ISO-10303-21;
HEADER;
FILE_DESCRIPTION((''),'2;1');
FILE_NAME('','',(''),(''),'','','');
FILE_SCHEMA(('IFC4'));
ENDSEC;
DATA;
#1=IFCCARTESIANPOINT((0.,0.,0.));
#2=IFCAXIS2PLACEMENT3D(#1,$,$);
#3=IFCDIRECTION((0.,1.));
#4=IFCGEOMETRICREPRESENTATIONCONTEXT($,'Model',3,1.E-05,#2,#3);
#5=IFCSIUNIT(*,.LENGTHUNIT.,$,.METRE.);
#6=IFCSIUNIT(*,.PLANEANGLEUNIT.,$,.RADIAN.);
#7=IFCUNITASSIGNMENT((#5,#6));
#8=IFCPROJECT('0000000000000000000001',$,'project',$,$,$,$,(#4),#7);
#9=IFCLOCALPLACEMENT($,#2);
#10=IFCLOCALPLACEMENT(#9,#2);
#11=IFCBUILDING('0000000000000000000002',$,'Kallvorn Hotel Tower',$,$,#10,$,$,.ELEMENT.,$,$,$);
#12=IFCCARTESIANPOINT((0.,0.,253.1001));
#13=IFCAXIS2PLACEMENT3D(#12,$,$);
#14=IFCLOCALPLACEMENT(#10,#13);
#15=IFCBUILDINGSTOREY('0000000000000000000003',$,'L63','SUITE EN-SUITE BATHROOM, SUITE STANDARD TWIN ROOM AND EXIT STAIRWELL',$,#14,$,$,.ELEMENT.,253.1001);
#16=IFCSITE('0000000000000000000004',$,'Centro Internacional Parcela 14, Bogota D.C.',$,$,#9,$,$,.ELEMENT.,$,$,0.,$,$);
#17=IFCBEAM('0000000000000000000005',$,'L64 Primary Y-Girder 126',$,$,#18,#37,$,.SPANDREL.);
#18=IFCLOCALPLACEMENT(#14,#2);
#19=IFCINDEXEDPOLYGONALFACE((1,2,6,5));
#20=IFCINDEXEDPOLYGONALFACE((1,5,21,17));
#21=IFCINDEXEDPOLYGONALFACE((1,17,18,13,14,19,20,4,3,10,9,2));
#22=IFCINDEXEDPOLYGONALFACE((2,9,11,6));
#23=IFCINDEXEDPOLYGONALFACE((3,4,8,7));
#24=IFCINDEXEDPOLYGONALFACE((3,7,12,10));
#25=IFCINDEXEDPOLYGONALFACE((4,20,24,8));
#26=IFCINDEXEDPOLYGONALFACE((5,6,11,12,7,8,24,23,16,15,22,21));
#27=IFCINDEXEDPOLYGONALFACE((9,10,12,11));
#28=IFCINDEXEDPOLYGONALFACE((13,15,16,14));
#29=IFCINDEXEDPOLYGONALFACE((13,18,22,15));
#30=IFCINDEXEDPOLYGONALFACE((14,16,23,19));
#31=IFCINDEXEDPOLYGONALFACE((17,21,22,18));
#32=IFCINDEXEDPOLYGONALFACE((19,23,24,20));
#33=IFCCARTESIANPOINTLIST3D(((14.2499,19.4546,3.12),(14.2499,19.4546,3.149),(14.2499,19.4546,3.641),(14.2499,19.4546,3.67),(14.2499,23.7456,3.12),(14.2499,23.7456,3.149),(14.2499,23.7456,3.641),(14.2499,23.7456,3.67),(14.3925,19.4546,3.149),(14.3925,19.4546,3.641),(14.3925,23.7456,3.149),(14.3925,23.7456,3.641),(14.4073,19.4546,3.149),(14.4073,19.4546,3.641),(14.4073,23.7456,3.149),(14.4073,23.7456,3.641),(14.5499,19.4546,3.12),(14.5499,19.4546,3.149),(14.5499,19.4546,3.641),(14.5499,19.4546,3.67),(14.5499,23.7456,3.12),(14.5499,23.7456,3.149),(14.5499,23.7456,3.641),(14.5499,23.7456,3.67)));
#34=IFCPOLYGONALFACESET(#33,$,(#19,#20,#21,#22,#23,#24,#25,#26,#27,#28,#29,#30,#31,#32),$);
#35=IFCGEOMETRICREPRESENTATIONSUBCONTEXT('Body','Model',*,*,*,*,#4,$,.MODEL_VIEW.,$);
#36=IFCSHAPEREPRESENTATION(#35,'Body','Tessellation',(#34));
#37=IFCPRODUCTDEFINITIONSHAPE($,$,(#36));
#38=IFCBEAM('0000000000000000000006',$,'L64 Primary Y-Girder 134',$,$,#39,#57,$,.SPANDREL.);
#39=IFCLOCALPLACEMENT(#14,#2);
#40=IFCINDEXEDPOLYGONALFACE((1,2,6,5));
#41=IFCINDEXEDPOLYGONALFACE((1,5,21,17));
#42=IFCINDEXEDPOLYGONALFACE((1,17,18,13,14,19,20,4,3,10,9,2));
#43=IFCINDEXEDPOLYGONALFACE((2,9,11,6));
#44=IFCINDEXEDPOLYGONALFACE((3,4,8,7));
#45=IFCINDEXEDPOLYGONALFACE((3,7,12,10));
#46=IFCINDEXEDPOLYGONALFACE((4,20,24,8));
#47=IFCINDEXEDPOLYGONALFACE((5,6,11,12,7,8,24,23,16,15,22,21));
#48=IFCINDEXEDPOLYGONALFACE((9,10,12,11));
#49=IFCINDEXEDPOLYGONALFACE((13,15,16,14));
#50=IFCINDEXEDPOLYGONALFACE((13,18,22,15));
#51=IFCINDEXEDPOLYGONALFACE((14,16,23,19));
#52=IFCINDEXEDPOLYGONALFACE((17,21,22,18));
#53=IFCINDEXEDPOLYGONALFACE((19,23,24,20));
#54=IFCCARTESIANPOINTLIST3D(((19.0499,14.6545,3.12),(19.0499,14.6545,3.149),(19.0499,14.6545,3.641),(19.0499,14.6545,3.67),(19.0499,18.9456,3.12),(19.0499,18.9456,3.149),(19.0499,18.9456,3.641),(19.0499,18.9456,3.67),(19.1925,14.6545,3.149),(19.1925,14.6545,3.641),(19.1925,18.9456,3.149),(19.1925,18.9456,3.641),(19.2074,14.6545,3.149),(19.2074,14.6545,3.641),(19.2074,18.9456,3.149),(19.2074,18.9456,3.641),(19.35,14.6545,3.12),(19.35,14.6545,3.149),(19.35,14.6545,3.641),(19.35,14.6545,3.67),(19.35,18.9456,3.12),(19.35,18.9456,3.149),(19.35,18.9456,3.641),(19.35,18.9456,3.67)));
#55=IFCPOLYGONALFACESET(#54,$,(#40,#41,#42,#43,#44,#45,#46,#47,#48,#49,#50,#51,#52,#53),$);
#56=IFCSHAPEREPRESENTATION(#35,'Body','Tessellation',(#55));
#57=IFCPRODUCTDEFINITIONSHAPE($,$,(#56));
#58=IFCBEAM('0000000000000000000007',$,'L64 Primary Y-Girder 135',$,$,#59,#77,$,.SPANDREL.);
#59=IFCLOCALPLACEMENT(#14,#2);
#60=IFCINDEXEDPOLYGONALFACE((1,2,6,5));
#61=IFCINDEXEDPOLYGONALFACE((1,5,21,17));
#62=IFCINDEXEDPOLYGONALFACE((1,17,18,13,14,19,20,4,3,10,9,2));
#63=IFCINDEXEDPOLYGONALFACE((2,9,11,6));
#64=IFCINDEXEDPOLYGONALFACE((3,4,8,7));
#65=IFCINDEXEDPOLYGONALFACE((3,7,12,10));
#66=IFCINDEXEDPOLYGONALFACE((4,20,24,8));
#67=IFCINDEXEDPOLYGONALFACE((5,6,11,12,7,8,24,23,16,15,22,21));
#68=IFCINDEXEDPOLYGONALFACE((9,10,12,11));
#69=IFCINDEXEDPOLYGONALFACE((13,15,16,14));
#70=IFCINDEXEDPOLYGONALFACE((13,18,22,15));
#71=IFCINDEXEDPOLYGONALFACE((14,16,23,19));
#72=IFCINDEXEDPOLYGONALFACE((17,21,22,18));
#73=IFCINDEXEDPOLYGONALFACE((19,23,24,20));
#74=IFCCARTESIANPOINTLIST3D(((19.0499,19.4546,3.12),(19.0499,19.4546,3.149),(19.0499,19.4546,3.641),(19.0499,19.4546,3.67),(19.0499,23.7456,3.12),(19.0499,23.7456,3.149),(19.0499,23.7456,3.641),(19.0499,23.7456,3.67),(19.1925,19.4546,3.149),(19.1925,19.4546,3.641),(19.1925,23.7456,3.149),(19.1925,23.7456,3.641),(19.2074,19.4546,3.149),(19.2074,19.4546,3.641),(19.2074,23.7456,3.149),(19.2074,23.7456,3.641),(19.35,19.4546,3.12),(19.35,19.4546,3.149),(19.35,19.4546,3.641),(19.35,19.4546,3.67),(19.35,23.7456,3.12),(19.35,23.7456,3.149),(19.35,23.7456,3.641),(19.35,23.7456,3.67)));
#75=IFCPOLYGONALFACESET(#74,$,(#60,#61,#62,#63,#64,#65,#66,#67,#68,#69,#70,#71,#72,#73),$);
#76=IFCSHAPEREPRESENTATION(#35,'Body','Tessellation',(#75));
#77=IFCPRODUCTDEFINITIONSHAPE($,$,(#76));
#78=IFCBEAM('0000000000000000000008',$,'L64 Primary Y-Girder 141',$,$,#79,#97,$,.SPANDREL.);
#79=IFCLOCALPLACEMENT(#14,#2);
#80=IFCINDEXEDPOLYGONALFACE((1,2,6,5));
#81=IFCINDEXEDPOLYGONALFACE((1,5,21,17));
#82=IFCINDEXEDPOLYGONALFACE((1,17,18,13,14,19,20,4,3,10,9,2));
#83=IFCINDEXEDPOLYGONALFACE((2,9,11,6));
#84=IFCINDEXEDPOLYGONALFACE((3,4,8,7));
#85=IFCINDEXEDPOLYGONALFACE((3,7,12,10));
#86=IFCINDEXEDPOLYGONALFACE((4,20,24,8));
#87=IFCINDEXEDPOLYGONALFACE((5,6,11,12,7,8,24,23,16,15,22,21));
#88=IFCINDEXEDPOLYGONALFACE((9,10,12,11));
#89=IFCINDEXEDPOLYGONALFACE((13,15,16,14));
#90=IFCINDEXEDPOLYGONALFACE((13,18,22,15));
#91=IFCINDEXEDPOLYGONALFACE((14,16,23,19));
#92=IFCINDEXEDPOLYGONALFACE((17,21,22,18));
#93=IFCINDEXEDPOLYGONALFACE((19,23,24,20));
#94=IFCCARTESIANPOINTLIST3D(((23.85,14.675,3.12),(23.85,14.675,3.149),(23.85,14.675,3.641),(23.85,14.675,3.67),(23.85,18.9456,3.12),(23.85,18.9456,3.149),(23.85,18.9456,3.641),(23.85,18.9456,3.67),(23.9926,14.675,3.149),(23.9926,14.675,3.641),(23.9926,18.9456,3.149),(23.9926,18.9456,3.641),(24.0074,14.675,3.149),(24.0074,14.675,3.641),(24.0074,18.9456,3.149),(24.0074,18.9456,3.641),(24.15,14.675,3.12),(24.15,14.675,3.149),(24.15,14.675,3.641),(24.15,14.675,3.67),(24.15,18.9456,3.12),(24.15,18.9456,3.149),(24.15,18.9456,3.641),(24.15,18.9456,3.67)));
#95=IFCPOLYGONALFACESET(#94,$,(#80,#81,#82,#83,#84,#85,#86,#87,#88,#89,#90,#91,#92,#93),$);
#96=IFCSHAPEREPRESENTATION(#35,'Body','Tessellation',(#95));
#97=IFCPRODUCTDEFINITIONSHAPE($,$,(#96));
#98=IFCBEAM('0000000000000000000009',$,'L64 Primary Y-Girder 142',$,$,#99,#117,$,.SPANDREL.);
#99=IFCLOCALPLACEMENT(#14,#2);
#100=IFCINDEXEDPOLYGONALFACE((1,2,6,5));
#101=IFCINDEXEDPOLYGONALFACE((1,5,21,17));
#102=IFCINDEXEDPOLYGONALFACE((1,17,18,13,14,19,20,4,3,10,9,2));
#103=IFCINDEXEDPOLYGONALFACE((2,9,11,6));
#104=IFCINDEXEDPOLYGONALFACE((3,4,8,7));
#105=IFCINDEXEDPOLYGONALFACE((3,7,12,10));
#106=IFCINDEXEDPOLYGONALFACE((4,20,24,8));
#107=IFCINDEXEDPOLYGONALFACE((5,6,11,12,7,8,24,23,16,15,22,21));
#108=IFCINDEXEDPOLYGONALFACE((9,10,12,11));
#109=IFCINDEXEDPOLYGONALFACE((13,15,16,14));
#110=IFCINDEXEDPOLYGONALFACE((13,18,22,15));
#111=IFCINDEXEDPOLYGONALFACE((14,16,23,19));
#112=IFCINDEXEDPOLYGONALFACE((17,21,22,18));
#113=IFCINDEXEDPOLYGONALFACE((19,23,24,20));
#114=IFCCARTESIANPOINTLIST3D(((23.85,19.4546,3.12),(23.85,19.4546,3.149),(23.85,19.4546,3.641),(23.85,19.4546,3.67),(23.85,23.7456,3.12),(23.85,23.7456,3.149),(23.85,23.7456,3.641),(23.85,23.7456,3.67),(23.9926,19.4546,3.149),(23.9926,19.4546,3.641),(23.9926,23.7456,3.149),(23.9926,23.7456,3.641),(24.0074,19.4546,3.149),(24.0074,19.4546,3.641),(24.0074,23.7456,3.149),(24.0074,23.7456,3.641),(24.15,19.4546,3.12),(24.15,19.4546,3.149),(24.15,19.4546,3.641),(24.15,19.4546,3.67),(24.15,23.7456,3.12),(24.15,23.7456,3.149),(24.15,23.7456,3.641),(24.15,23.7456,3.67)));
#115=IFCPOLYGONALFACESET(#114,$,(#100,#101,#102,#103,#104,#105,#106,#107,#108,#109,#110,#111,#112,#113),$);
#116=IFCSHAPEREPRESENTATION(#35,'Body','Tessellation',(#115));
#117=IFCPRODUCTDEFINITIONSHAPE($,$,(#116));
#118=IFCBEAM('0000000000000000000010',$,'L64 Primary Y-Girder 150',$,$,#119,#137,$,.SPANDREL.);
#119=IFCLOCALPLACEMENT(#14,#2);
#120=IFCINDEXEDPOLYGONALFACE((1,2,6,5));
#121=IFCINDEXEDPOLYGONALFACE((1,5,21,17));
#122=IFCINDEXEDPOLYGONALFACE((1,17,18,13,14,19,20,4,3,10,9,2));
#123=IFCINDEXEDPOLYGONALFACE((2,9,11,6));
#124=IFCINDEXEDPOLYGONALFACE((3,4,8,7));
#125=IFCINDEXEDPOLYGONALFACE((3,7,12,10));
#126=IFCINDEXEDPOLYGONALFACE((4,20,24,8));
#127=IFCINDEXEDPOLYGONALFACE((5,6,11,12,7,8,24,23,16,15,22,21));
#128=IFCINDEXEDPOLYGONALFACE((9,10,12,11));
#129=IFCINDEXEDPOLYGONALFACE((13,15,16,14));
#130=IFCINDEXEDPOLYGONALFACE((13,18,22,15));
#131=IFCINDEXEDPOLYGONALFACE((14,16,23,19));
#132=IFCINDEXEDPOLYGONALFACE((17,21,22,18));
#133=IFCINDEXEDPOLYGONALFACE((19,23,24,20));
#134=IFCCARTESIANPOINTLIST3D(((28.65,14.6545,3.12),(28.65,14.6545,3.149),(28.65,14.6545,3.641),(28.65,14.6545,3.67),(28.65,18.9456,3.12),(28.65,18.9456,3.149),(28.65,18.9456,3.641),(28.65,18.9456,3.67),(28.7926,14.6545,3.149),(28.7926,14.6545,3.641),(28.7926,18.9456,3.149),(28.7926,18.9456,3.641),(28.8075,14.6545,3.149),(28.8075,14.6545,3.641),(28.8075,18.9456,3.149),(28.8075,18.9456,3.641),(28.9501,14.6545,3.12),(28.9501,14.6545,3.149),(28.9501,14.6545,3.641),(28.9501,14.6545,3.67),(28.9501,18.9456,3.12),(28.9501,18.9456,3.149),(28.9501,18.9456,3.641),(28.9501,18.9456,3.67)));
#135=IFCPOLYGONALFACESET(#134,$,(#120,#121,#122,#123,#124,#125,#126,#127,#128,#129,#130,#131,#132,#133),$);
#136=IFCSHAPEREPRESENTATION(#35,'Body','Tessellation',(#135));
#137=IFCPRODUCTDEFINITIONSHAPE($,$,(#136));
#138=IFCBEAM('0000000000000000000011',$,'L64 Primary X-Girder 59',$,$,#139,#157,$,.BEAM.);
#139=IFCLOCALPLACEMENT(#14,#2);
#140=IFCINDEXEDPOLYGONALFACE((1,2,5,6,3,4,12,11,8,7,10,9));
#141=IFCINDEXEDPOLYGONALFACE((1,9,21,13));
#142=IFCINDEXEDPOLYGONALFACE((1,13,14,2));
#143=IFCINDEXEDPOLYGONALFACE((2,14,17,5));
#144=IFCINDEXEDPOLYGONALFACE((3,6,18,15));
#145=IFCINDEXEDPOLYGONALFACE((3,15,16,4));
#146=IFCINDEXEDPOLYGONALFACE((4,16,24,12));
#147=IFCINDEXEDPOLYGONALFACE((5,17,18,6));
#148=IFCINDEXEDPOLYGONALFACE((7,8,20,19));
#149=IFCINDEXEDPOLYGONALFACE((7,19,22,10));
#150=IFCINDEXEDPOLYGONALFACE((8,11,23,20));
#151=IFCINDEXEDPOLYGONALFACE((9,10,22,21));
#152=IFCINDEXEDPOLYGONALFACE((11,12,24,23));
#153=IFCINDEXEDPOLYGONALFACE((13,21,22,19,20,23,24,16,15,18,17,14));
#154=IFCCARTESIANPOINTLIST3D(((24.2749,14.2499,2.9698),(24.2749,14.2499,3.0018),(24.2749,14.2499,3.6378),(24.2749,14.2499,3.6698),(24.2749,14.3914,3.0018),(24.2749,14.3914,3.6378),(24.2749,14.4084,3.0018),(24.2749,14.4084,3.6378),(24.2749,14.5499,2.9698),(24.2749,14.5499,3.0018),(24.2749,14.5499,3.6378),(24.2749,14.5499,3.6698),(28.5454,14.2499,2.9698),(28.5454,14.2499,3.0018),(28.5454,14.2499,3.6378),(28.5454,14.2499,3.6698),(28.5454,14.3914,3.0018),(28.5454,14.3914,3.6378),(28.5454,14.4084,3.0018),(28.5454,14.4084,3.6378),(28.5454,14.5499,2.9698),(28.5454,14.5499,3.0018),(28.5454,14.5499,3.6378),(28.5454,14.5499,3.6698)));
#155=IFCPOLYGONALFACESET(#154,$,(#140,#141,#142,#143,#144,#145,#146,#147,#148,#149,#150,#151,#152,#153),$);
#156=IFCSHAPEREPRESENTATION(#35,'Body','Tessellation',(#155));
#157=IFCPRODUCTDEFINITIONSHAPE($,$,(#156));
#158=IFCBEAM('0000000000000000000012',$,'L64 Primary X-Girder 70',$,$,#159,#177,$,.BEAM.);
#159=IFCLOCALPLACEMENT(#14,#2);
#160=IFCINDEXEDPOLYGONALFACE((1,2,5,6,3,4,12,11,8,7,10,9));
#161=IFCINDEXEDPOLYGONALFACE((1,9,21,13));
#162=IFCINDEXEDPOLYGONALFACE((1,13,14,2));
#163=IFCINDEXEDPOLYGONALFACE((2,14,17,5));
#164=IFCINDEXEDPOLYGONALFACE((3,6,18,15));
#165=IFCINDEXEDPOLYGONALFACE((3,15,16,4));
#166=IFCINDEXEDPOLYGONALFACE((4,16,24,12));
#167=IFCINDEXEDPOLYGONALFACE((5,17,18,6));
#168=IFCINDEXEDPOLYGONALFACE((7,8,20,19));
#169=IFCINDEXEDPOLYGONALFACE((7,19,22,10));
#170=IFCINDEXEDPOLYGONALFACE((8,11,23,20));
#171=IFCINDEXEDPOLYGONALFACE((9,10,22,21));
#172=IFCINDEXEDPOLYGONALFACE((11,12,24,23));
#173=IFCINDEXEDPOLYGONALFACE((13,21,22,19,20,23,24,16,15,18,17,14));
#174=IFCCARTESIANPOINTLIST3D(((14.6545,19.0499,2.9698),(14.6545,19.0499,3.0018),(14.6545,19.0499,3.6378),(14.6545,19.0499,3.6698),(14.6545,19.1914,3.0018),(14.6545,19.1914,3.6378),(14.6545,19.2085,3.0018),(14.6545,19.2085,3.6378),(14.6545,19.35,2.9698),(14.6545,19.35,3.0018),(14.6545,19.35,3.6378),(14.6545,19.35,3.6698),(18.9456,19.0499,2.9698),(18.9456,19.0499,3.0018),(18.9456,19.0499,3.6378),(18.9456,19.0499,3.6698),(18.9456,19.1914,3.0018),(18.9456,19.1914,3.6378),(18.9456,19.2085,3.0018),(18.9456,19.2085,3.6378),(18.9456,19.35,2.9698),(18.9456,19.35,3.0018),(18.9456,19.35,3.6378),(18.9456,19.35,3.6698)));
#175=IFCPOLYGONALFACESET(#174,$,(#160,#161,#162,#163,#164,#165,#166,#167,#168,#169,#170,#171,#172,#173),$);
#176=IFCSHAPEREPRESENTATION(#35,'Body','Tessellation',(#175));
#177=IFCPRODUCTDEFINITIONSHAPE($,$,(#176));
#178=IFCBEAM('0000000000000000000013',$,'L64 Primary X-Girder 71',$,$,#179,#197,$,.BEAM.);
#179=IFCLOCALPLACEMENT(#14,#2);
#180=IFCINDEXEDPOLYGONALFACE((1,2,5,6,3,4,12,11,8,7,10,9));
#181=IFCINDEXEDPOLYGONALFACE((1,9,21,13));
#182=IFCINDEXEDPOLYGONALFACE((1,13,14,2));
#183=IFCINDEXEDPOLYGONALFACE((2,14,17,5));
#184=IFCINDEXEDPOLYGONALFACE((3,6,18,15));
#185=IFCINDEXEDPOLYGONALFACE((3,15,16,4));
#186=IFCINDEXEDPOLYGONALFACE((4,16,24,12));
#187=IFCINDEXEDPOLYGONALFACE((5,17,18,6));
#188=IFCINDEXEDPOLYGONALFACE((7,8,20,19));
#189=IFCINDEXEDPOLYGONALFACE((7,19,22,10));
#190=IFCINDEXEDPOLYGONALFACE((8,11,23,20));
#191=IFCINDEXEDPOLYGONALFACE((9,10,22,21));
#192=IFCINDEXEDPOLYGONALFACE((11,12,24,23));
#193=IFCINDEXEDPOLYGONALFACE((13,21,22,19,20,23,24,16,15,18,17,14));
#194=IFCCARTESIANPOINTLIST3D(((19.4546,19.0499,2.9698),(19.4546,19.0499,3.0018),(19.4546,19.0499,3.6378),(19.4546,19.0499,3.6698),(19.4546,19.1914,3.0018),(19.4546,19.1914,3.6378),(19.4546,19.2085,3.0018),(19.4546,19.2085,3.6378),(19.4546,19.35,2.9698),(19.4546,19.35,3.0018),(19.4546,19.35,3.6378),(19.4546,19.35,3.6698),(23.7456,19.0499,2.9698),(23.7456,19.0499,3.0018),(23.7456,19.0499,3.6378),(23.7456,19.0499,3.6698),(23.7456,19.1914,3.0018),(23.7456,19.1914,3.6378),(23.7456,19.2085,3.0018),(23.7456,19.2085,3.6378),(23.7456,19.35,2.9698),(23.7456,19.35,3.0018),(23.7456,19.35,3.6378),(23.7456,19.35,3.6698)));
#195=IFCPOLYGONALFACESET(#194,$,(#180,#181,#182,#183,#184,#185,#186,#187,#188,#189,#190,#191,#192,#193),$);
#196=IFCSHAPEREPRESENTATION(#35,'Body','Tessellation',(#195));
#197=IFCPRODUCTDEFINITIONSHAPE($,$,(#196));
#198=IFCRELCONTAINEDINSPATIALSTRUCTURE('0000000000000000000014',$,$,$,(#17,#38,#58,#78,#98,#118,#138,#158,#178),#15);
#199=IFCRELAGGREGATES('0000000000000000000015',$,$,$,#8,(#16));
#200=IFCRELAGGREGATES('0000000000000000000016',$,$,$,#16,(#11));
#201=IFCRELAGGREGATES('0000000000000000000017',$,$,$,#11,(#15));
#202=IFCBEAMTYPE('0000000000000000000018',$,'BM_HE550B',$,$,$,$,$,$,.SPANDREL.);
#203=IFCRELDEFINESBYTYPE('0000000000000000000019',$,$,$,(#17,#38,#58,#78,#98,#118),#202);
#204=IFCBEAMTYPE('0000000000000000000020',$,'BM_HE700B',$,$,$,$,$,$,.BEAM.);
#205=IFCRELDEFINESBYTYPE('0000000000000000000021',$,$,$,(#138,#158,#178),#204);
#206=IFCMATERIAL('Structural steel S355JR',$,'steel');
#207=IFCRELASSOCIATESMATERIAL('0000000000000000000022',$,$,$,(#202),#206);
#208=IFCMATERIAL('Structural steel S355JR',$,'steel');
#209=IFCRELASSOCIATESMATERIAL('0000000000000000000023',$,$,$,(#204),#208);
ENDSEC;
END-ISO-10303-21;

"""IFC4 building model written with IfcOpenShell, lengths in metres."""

from ifc_helpers import new_model, si_unit, direction, frame, origin, origin_2d, place, context, subcontext, project, spatial, i_section, extrude, material, material_profile, profile_set, type_object, element, save


model = new_model("IFC4")

# Units and contexts
model_context = context("Model", 3, precision=1e-05, world=origin(), true_north=direction((0.0, 1.0)))
body_context = subcontext(model_context, "Body", "Model", "MODEL_VIEW")
ifc_project = project(units=[si_unit("LENGTHUNIT", "METRE"), si_unit("PLANEANGLEUNIT", "RADIAN")], contexts=[model_context])

# Site, building, storey
site_placement = place(None, origin())
site = spatial("IfcSite", under=ifc_project, at=site_placement, Name="Centro Internacional Parcela 14, Bogota D.C.", CompositionType="ELEMENT", RefElevation=0.0)
building_placement = place(site_placement, origin())
building = spatial("IfcBuilding", under=site, at=building_placement, Name="Kallvorn Hotel Tower", CompositionType="ELEMENT")
storey_placement = place(building_placement, frame((0.0, 0.0, 253.1001)))
storey = spatial("IfcBuildingStorey", under=building, at=storey_placement, Name="L63", Description="SUITE EN-SUITE BATHROOM, SUITE STANDARD TWIN ROOM AND EXIT STAIRWELL", CompositionType="ELEMENT", Elevation=253.1001)

# Beams
ifc_material_1 = material(Name="Structural steel S355JR", Category="steel")
ifc_material_profile_1 = material_profile(ifc_material_1, i_section(OverallWidth=0.3, OverallDepth=0.55, WebThickness=0.0149, FlangeThickness=0.0291, at=origin_2d()), Name="HE 550 B")
ifc_profile_set_1 = profile_set([ifc_material_profile_1], Name="Structural steel S355JR")
beam_type_1 = type_object("IfcBeamType", Name="BM_HE550B", PredefinedType="SPANDREL", material=ifc_profile_set_1)
for number, where, z_axis, x_axis, name in (
    (1, (14.3999, 19.4546, 3.395), (0.0, 1.0, 0.0), (-1.0, 0.0, 0.0), "L64 Primary Y-Girder 126"),
    (2, (19.2, 14.6545, 3.395), (0.0, 1.0, 0.0), (-1.0, 0.0, 0.0), "L64 Primary Y-Girder 134"),
    (3, (19.2, 19.4546, 3.395), (0.0, 1.0, 0.0), (-1.0, 0.0, 0.0), "L64 Primary Y-Girder 135"),
):
    element("IfcBeam", number, at=place(storey_placement, frame(where, z_axis=z_axis, x_axis=x_axis)), inside=storey, type_object=beam_type_1, Name=name, PredefinedType="SPANDREL", context=body_context, shape_type="SweptSolid", body=[
        extrude(i_section(OverallWidth=0.3, OverallDepth=0.55, WebThickness=0.0149, FlangeThickness=0.0291, at=origin_2d()), origin(), (0.0, 0.0, 1.0), 4.291),
    ])
beam_1_placement = place(storey_placement, frame((24.0, 14.675, 3.395), z_axis=(0.0, 1.0, 0.0), x_axis=(-1.0, 0.0, 0.0)))
element("IfcBeam", 4, at=beam_1_placement, inside=storey, type_object=beam_type_1, Name="L64 Primary Y-Girder 141", PredefinedType="SPANDREL", context=body_context, shape_type="SweptSolid", body=[
    extrude(i_section(OverallWidth=0.3, OverallDepth=0.55, WebThickness=0.0149, FlangeThickness=0.0291, at=origin_2d()), origin(), (0.0, 0.0, 1.0), 4.2705),
])
for number, where, z_axis, x_axis, name in (
    (5, (24.0, 19.4546, 3.395), (0.0, 1.0, 0.0), (-1.0, 0.0, 0.0), "L64 Primary Y-Girder 142"),
    (6, (28.8, 14.6545, 3.395), (0.0, 1.0, 0.0), (-1.0, 0.0, 0.0), "L64 Primary Y-Girder 150"),
):
    element("IfcBeam", number, at=place(storey_placement, frame(where, z_axis=z_axis, x_axis=x_axis)), inside=storey, type_object=beam_type_1, Name=name, PredefinedType="SPANDREL", context=body_context, shape_type="SweptSolid", body=[
        extrude(i_section(OverallWidth=0.3, OverallDepth=0.55, WebThickness=0.0149, FlangeThickness=0.0291, at=origin_2d()), origin(), (0.0, 0.0, 1.0), 4.291),
    ])
ifc_material_2 = material(Name="Structural steel S355JR", Category="steel")
ifc_material_profile_2 = material_profile(ifc_material_2, i_section(OverallWidth=0.3, OverallDepth=0.7, WebThickness=0.0171, FlangeThickness=0.032, at=origin_2d()), Name="HE 700 B")
ifc_profile_set_2 = profile_set([ifc_material_profile_2], Name="Structural steel S355JR")
beam_type_2 = type_object("IfcBeamType", Name="BM_HE700B", PredefinedType="BEAM", material=ifc_profile_set_2)
beam_2_placement = place(storey_placement, frame((24.2749, 14.3999, 3.3198), z_axis=(1.0, 0.0, 0.0), x_axis=(0.0, 1.0, 0.0)))
element("IfcBeam", 7, at=beam_2_placement, inside=storey, type_object=beam_type_2, Name="L64 Primary X-Girder 59", PredefinedType="BEAM", context=body_context, shape_type="SweptSolid", body=[
    extrude(i_section(OverallWidth=0.3, OverallDepth=0.7, WebThickness=0.0171, FlangeThickness=0.032, at=origin_2d()), origin(), (0.0, 0.0, 1.0), 4.2705),
])
for number, where, z_axis, x_axis, name in (
    (8, (14.6545, 19.2, 3.3198), (1.0, 0.0, 0.0), (0.0, 1.0, 0.0), "L64 Primary X-Girder 70"),
    (9, (19.4546, 19.2, 3.3198), (1.0, 0.0, 0.0), (0.0, 1.0, 0.0), "L64 Primary X-Girder 71"),
):
    element("IfcBeam", number, at=place(storey_placement, frame(where, z_axis=z_axis, x_axis=x_axis)), inside=storey, type_object=beam_type_2, Name=name, PredefinedType="BEAM", context=body_context, shape_type="SweptSolid", body=[
        extrude(i_section(OverallWidth=0.3, OverallDepth=0.7, WebThickness=0.0171, FlangeThickness=0.032, at=origin_2d()), origin(), (0.0, 0.0, 1.0), 4.291),
    ])

save(model, "model.ifc")
